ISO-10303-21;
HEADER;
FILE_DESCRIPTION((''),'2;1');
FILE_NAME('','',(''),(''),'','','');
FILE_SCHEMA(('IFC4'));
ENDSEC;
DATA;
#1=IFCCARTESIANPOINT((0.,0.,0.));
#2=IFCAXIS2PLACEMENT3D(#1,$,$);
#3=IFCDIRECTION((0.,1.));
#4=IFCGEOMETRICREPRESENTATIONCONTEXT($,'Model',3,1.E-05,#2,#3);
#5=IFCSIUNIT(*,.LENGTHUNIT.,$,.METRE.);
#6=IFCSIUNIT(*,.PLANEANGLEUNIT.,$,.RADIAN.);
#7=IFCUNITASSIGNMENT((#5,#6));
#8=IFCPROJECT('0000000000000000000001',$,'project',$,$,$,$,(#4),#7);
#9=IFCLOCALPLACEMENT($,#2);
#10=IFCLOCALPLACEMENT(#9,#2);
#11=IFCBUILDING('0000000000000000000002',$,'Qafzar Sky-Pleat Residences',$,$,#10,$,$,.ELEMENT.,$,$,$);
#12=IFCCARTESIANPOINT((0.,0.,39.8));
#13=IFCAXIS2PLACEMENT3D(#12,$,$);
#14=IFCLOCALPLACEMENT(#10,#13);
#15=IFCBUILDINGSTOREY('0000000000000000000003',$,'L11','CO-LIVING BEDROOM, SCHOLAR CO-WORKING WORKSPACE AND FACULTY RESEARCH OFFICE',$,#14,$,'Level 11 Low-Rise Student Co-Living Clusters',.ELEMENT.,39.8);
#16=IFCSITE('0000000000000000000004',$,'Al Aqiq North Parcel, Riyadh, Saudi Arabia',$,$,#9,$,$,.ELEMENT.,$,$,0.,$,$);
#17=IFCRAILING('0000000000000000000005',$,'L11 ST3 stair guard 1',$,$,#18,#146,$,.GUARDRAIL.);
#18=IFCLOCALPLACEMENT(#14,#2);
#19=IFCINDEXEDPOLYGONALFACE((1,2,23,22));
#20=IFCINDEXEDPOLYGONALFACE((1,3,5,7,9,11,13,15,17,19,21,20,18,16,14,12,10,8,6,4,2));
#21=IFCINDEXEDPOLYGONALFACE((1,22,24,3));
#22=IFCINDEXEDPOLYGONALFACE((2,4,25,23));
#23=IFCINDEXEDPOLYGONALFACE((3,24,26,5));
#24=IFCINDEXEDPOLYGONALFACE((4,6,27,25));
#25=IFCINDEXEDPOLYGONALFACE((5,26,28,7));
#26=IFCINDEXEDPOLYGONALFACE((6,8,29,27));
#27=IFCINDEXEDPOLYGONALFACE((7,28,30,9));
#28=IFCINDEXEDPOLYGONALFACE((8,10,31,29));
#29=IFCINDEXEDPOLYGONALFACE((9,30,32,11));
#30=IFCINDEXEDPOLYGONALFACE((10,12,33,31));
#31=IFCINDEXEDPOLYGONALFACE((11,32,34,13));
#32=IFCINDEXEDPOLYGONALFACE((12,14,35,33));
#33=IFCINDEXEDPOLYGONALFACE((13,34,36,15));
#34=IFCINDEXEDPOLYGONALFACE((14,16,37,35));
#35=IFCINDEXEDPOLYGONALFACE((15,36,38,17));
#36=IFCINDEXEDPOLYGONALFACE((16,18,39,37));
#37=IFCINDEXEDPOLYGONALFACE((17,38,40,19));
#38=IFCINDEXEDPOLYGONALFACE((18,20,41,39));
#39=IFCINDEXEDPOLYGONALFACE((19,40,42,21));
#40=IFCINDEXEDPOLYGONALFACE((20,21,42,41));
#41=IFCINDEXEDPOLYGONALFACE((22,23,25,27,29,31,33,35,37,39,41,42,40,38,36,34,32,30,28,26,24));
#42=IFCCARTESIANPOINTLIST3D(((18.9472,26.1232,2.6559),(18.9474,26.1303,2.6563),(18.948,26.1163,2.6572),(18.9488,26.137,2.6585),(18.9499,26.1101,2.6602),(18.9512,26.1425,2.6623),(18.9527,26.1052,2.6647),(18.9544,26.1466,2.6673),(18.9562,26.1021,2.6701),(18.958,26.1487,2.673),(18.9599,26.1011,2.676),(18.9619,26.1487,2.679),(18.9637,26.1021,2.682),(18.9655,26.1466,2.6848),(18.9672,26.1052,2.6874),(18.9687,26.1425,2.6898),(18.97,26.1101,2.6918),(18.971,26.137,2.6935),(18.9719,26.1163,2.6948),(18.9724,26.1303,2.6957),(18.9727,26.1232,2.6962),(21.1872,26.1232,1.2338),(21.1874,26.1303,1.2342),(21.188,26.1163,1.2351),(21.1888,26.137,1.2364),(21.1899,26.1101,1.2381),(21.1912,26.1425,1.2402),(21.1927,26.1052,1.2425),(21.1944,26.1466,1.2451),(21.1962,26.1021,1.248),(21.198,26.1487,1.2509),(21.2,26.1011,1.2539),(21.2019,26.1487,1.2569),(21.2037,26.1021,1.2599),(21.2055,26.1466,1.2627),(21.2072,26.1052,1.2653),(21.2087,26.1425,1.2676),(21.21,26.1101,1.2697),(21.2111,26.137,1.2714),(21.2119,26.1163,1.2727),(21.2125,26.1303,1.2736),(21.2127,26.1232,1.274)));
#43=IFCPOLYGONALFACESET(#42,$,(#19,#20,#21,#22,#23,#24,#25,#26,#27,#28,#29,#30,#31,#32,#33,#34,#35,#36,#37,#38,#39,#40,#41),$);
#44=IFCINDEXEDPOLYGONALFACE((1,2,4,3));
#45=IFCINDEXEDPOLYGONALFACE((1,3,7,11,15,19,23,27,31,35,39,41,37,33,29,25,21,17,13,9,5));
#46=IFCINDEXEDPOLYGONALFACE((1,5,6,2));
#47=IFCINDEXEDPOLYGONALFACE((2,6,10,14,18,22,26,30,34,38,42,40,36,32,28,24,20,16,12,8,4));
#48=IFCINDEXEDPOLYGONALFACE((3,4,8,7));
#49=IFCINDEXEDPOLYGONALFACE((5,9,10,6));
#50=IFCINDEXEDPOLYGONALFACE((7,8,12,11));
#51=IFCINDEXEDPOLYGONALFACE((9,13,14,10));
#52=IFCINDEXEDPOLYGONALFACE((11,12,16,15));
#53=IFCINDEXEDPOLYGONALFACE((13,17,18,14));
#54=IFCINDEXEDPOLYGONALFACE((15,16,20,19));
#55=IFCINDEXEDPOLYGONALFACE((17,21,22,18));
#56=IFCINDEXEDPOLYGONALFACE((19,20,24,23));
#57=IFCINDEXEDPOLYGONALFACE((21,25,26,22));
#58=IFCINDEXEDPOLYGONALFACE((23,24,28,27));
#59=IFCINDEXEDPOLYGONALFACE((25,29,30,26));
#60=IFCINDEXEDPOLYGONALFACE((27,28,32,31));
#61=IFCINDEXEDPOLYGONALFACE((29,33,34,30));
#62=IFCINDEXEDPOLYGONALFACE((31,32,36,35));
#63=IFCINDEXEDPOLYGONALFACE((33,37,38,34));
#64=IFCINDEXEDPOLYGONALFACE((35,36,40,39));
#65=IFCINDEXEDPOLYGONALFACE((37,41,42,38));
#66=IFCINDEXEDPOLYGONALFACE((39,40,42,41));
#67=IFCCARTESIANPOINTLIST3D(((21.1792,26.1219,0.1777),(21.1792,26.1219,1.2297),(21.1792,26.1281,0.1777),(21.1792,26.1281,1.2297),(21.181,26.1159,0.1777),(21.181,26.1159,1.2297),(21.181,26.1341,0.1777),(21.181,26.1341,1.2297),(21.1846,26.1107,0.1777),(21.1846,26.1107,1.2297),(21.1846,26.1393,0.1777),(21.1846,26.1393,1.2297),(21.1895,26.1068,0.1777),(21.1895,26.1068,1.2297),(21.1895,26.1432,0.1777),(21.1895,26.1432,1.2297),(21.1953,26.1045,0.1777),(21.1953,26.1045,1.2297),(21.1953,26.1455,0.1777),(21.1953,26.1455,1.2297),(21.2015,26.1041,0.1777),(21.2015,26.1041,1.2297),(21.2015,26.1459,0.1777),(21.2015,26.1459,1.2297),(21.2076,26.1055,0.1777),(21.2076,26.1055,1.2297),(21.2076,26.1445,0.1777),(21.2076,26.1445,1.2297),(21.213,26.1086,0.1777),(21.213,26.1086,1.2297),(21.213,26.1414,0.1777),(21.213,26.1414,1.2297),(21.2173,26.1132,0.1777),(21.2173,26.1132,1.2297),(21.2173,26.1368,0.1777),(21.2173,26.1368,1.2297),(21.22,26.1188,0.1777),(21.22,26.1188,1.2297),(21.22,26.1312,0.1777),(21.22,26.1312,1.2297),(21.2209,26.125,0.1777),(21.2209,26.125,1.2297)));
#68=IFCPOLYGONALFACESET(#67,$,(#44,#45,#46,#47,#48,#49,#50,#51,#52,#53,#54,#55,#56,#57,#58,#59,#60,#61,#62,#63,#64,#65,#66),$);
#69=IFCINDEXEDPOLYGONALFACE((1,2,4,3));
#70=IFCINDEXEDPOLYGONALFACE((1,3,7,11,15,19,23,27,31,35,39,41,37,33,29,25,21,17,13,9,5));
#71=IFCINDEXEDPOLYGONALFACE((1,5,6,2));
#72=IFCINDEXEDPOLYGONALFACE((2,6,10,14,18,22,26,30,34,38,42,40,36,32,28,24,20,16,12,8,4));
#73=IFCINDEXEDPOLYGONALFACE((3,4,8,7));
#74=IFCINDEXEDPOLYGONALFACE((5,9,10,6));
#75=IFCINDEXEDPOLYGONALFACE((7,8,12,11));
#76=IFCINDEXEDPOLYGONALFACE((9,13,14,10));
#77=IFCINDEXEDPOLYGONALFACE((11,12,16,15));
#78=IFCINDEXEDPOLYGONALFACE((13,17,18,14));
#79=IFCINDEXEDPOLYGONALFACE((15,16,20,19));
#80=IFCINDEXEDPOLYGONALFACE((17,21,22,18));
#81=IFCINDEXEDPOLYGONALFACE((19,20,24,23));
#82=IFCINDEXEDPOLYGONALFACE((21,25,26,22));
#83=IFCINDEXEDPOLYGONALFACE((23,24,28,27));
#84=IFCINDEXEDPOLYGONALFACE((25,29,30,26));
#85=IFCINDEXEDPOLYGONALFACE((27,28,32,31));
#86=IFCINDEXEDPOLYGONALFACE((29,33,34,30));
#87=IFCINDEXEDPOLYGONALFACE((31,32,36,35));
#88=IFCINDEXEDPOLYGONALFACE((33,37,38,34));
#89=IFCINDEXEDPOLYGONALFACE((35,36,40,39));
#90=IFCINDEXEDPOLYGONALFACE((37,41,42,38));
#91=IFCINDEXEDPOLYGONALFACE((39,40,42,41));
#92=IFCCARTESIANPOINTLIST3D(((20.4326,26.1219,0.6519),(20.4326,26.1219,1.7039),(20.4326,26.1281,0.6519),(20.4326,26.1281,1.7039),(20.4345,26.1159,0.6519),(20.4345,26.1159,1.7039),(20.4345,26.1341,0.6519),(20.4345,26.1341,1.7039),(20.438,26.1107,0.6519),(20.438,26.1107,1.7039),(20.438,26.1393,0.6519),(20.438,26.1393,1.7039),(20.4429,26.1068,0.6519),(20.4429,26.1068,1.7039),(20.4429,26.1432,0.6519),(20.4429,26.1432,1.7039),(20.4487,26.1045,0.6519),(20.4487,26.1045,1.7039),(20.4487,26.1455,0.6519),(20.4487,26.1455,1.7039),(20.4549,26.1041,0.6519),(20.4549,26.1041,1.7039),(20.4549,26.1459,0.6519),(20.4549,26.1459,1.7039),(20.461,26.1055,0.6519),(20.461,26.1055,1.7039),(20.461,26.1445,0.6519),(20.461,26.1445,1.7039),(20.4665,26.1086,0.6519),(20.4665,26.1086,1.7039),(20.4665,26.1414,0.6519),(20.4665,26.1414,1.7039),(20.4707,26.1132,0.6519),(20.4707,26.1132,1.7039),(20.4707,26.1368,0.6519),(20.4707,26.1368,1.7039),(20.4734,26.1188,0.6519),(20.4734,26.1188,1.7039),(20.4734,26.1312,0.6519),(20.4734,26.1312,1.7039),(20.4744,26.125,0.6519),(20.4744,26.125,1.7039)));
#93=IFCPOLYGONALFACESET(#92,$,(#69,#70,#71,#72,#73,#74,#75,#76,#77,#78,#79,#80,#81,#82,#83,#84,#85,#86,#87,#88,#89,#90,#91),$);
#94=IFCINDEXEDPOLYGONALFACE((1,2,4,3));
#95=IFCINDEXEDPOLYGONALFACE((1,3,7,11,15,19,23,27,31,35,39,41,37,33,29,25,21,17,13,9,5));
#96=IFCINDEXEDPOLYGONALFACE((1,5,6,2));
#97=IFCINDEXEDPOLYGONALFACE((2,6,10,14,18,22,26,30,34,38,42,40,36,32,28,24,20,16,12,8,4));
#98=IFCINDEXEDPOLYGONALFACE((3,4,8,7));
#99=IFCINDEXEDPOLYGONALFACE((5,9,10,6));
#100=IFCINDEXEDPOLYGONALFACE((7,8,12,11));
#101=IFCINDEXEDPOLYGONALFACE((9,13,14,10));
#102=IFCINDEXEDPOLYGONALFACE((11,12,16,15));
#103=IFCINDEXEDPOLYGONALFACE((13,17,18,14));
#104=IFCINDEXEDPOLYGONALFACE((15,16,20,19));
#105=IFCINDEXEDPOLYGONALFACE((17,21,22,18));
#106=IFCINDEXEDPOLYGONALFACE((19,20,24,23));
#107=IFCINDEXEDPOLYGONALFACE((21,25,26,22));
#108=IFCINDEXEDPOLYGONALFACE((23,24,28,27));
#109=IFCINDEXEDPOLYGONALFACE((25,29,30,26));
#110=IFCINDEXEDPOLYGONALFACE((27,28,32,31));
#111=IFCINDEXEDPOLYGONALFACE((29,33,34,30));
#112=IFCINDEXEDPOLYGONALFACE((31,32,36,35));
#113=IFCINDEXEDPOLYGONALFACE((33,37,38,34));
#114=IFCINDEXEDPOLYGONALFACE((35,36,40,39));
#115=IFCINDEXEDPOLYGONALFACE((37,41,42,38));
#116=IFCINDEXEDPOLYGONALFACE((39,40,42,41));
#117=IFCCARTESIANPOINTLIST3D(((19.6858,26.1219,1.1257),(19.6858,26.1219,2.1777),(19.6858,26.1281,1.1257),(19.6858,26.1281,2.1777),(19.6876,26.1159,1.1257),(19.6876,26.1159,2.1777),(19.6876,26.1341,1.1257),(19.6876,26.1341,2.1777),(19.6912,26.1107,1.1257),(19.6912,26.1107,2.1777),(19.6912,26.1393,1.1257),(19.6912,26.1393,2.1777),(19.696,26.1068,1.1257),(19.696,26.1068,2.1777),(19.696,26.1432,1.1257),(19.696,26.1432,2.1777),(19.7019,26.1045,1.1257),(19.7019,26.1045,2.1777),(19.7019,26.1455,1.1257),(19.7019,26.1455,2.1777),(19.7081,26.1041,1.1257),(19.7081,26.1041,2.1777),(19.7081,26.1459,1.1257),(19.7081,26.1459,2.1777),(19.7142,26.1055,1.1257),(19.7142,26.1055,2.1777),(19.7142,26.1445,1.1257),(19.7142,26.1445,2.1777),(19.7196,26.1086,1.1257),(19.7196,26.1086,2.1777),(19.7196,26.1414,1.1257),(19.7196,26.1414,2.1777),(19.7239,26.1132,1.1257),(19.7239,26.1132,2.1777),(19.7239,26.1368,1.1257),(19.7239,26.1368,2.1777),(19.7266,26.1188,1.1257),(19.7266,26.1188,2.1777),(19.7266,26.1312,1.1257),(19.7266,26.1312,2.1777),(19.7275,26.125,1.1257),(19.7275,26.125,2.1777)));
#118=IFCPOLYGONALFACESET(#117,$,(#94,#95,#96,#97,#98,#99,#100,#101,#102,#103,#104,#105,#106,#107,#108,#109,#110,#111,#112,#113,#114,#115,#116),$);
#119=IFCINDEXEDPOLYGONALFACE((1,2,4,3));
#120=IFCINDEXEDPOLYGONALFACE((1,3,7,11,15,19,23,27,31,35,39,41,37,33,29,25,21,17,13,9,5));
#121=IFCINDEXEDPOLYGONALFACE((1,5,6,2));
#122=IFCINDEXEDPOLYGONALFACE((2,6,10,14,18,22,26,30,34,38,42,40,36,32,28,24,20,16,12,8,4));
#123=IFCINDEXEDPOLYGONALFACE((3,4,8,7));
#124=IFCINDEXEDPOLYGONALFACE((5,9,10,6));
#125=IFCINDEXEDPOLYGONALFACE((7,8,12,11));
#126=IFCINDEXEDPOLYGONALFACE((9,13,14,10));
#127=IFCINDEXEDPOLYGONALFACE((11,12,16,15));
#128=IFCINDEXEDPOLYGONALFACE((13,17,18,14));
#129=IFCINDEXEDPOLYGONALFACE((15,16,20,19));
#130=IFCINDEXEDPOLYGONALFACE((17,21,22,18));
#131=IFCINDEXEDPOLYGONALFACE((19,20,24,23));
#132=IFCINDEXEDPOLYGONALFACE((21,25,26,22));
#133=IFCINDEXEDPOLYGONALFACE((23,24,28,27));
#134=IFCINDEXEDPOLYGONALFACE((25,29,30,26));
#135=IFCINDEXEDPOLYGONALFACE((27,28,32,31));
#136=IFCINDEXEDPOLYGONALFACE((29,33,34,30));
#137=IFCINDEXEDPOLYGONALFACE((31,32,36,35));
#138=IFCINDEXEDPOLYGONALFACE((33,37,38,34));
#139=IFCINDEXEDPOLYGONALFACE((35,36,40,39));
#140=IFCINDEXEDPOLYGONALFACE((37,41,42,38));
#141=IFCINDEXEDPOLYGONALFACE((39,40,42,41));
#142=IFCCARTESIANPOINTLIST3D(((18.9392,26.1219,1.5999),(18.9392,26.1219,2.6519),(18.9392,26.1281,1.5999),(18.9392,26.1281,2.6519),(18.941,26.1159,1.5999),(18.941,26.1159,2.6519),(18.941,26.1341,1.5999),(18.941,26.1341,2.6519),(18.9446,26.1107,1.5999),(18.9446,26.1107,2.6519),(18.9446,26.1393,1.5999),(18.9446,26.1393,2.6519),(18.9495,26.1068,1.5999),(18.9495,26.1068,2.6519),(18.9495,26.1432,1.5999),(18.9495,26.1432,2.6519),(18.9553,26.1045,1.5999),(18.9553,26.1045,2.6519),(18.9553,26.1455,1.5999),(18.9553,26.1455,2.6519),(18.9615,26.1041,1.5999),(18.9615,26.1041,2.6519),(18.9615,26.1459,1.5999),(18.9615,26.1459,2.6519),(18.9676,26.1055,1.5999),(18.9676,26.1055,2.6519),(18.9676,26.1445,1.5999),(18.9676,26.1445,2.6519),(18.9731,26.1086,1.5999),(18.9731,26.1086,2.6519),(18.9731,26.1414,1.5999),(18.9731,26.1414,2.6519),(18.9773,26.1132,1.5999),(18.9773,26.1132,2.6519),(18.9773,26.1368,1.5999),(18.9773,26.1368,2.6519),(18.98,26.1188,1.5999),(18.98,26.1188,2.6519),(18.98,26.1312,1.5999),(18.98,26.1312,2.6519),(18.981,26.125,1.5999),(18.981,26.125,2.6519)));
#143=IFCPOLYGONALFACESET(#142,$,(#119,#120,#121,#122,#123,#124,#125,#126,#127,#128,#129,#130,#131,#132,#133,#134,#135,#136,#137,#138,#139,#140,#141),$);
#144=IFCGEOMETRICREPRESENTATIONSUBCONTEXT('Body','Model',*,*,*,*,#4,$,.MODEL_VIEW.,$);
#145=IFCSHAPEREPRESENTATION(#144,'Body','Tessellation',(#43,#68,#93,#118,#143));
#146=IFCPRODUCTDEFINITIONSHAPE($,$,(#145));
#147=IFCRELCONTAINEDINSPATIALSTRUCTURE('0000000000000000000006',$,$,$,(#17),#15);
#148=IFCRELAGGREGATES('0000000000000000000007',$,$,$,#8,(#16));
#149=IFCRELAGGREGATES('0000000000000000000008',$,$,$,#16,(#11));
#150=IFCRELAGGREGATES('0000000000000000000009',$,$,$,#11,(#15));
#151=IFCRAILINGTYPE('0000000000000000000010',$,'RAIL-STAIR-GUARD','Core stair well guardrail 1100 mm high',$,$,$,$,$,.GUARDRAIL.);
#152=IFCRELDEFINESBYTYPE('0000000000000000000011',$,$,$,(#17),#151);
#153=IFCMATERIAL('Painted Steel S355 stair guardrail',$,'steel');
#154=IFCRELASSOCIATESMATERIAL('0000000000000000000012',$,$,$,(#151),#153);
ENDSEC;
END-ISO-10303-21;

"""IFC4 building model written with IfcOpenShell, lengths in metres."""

from ifc_helpers import new_model, si_unit, direction, frame, origin, origin_2d, place, context, subcontext, project, spatial, circle, extrude, source, transform, mapped, material, type_object, element, save


model = new_model("IFC4")

# Units and contexts
model_context = context("Model", 3, precision=1e-05, world=origin(), true_north=direction((0.0, 1.0)))
body_context = subcontext(model_context, "Body", "Model", "MODEL_VIEW")
ifc_project = project(units=[si_unit("LENGTHUNIT", "METRE"), si_unit("PLANEANGLEUNIT", "RADIAN")], contexts=[model_context])

# Site, building, storey
site_placement = place(None, origin())
site = spatial("IfcSite", under=ifc_project, at=site_placement, Name="Al Aqiq North Parcel, Riyadh, Saudi Arabia", CompositionType="ELEMENT", RefElevation=0.0)
building_placement = place(site_placement, origin())
building = spatial("IfcBuilding", under=site, at=building_placement, Name="Qafzar Sky-Pleat Residences", CompositionType="ELEMENT")
storey_placement = place(building_placement, frame((0.0, 0.0, 39.8)))
storey = spatial("IfcBuildingStorey", under=building, at=storey_placement, Name="L11", Description="CO-LIVING BEDROOM, SCHOLAR CO-WORKING WORKSPACE AND FACULTY RESEARCH OFFICE", LongName="Level 11 Low-Rise Student Co-Living Clusters", CompositionType="ELEMENT", Elevation=39.8)

# Railing
ifc_material_1 = material(Name="Painted Steel S355 stair guardrail", Category="steel")
railing_type = type_object("IfcRailingType", Name="RAIL-STAIR-GUARD", Description="Core stair well guardrail 1100 mm high", PredefinedType="GUARDRAIL", material=ifc_material_1)
shared_shape_1 = source(origin(), body_context, "Body", "SweptSolid", [
    extrude(circle(Radius=0.0239, at=origin_2d()), frame((0.0, 0.0, 1.0762), z_axis=(-0.844229, 0.0, 0.535982), x_axis=(0.0, -1.0, 0.0)), (0.0, 0.0, 1.0), 2.6533),
    extrude(circle(Radius=0.021, at=origin_2d()), origin(), (0.0, 0.0, 1.0), 1.052),
    extrude(circle(Radius=0.021, at=origin_2d()), frame((-0.7466, 0.0, 0.4741)), (0.0, 0.0, 1.0), 1.052),
    extrude(circle(Radius=0.021, at=origin_2d()), frame((-1.4934, 0.0, 0.948)), (0.0, 0.0, 1.0), 1.052),
    extrude(circle(Radius=0.021, at=origin_2d()), frame((-2.24, 0.0, 1.4221)), (0.0, 0.0, 1.0), 1.052),
])
railing_1_placement = place(storey_placement, frame((21.2, 26.125, 0.1777)))
element("IfcRailing", 1, at=railing_1_placement, inside=storey, type_object=railing_type, Name="L11 ST3 stair guard 1", PredefinedType="GUARDRAIL", context=body_context, shape_type="MappedRepresentation", body=[
    mapped(shared_shape_1, transform((0.0, 0.0, 0.0), x_axis=(1.0, 0.0, 0.0), y_axis=(0.0, 1.0, 0.0), z_axis=(0.0, 0.0, 1.0), scale=1.0)),
])

save(model, "model.ifc")
